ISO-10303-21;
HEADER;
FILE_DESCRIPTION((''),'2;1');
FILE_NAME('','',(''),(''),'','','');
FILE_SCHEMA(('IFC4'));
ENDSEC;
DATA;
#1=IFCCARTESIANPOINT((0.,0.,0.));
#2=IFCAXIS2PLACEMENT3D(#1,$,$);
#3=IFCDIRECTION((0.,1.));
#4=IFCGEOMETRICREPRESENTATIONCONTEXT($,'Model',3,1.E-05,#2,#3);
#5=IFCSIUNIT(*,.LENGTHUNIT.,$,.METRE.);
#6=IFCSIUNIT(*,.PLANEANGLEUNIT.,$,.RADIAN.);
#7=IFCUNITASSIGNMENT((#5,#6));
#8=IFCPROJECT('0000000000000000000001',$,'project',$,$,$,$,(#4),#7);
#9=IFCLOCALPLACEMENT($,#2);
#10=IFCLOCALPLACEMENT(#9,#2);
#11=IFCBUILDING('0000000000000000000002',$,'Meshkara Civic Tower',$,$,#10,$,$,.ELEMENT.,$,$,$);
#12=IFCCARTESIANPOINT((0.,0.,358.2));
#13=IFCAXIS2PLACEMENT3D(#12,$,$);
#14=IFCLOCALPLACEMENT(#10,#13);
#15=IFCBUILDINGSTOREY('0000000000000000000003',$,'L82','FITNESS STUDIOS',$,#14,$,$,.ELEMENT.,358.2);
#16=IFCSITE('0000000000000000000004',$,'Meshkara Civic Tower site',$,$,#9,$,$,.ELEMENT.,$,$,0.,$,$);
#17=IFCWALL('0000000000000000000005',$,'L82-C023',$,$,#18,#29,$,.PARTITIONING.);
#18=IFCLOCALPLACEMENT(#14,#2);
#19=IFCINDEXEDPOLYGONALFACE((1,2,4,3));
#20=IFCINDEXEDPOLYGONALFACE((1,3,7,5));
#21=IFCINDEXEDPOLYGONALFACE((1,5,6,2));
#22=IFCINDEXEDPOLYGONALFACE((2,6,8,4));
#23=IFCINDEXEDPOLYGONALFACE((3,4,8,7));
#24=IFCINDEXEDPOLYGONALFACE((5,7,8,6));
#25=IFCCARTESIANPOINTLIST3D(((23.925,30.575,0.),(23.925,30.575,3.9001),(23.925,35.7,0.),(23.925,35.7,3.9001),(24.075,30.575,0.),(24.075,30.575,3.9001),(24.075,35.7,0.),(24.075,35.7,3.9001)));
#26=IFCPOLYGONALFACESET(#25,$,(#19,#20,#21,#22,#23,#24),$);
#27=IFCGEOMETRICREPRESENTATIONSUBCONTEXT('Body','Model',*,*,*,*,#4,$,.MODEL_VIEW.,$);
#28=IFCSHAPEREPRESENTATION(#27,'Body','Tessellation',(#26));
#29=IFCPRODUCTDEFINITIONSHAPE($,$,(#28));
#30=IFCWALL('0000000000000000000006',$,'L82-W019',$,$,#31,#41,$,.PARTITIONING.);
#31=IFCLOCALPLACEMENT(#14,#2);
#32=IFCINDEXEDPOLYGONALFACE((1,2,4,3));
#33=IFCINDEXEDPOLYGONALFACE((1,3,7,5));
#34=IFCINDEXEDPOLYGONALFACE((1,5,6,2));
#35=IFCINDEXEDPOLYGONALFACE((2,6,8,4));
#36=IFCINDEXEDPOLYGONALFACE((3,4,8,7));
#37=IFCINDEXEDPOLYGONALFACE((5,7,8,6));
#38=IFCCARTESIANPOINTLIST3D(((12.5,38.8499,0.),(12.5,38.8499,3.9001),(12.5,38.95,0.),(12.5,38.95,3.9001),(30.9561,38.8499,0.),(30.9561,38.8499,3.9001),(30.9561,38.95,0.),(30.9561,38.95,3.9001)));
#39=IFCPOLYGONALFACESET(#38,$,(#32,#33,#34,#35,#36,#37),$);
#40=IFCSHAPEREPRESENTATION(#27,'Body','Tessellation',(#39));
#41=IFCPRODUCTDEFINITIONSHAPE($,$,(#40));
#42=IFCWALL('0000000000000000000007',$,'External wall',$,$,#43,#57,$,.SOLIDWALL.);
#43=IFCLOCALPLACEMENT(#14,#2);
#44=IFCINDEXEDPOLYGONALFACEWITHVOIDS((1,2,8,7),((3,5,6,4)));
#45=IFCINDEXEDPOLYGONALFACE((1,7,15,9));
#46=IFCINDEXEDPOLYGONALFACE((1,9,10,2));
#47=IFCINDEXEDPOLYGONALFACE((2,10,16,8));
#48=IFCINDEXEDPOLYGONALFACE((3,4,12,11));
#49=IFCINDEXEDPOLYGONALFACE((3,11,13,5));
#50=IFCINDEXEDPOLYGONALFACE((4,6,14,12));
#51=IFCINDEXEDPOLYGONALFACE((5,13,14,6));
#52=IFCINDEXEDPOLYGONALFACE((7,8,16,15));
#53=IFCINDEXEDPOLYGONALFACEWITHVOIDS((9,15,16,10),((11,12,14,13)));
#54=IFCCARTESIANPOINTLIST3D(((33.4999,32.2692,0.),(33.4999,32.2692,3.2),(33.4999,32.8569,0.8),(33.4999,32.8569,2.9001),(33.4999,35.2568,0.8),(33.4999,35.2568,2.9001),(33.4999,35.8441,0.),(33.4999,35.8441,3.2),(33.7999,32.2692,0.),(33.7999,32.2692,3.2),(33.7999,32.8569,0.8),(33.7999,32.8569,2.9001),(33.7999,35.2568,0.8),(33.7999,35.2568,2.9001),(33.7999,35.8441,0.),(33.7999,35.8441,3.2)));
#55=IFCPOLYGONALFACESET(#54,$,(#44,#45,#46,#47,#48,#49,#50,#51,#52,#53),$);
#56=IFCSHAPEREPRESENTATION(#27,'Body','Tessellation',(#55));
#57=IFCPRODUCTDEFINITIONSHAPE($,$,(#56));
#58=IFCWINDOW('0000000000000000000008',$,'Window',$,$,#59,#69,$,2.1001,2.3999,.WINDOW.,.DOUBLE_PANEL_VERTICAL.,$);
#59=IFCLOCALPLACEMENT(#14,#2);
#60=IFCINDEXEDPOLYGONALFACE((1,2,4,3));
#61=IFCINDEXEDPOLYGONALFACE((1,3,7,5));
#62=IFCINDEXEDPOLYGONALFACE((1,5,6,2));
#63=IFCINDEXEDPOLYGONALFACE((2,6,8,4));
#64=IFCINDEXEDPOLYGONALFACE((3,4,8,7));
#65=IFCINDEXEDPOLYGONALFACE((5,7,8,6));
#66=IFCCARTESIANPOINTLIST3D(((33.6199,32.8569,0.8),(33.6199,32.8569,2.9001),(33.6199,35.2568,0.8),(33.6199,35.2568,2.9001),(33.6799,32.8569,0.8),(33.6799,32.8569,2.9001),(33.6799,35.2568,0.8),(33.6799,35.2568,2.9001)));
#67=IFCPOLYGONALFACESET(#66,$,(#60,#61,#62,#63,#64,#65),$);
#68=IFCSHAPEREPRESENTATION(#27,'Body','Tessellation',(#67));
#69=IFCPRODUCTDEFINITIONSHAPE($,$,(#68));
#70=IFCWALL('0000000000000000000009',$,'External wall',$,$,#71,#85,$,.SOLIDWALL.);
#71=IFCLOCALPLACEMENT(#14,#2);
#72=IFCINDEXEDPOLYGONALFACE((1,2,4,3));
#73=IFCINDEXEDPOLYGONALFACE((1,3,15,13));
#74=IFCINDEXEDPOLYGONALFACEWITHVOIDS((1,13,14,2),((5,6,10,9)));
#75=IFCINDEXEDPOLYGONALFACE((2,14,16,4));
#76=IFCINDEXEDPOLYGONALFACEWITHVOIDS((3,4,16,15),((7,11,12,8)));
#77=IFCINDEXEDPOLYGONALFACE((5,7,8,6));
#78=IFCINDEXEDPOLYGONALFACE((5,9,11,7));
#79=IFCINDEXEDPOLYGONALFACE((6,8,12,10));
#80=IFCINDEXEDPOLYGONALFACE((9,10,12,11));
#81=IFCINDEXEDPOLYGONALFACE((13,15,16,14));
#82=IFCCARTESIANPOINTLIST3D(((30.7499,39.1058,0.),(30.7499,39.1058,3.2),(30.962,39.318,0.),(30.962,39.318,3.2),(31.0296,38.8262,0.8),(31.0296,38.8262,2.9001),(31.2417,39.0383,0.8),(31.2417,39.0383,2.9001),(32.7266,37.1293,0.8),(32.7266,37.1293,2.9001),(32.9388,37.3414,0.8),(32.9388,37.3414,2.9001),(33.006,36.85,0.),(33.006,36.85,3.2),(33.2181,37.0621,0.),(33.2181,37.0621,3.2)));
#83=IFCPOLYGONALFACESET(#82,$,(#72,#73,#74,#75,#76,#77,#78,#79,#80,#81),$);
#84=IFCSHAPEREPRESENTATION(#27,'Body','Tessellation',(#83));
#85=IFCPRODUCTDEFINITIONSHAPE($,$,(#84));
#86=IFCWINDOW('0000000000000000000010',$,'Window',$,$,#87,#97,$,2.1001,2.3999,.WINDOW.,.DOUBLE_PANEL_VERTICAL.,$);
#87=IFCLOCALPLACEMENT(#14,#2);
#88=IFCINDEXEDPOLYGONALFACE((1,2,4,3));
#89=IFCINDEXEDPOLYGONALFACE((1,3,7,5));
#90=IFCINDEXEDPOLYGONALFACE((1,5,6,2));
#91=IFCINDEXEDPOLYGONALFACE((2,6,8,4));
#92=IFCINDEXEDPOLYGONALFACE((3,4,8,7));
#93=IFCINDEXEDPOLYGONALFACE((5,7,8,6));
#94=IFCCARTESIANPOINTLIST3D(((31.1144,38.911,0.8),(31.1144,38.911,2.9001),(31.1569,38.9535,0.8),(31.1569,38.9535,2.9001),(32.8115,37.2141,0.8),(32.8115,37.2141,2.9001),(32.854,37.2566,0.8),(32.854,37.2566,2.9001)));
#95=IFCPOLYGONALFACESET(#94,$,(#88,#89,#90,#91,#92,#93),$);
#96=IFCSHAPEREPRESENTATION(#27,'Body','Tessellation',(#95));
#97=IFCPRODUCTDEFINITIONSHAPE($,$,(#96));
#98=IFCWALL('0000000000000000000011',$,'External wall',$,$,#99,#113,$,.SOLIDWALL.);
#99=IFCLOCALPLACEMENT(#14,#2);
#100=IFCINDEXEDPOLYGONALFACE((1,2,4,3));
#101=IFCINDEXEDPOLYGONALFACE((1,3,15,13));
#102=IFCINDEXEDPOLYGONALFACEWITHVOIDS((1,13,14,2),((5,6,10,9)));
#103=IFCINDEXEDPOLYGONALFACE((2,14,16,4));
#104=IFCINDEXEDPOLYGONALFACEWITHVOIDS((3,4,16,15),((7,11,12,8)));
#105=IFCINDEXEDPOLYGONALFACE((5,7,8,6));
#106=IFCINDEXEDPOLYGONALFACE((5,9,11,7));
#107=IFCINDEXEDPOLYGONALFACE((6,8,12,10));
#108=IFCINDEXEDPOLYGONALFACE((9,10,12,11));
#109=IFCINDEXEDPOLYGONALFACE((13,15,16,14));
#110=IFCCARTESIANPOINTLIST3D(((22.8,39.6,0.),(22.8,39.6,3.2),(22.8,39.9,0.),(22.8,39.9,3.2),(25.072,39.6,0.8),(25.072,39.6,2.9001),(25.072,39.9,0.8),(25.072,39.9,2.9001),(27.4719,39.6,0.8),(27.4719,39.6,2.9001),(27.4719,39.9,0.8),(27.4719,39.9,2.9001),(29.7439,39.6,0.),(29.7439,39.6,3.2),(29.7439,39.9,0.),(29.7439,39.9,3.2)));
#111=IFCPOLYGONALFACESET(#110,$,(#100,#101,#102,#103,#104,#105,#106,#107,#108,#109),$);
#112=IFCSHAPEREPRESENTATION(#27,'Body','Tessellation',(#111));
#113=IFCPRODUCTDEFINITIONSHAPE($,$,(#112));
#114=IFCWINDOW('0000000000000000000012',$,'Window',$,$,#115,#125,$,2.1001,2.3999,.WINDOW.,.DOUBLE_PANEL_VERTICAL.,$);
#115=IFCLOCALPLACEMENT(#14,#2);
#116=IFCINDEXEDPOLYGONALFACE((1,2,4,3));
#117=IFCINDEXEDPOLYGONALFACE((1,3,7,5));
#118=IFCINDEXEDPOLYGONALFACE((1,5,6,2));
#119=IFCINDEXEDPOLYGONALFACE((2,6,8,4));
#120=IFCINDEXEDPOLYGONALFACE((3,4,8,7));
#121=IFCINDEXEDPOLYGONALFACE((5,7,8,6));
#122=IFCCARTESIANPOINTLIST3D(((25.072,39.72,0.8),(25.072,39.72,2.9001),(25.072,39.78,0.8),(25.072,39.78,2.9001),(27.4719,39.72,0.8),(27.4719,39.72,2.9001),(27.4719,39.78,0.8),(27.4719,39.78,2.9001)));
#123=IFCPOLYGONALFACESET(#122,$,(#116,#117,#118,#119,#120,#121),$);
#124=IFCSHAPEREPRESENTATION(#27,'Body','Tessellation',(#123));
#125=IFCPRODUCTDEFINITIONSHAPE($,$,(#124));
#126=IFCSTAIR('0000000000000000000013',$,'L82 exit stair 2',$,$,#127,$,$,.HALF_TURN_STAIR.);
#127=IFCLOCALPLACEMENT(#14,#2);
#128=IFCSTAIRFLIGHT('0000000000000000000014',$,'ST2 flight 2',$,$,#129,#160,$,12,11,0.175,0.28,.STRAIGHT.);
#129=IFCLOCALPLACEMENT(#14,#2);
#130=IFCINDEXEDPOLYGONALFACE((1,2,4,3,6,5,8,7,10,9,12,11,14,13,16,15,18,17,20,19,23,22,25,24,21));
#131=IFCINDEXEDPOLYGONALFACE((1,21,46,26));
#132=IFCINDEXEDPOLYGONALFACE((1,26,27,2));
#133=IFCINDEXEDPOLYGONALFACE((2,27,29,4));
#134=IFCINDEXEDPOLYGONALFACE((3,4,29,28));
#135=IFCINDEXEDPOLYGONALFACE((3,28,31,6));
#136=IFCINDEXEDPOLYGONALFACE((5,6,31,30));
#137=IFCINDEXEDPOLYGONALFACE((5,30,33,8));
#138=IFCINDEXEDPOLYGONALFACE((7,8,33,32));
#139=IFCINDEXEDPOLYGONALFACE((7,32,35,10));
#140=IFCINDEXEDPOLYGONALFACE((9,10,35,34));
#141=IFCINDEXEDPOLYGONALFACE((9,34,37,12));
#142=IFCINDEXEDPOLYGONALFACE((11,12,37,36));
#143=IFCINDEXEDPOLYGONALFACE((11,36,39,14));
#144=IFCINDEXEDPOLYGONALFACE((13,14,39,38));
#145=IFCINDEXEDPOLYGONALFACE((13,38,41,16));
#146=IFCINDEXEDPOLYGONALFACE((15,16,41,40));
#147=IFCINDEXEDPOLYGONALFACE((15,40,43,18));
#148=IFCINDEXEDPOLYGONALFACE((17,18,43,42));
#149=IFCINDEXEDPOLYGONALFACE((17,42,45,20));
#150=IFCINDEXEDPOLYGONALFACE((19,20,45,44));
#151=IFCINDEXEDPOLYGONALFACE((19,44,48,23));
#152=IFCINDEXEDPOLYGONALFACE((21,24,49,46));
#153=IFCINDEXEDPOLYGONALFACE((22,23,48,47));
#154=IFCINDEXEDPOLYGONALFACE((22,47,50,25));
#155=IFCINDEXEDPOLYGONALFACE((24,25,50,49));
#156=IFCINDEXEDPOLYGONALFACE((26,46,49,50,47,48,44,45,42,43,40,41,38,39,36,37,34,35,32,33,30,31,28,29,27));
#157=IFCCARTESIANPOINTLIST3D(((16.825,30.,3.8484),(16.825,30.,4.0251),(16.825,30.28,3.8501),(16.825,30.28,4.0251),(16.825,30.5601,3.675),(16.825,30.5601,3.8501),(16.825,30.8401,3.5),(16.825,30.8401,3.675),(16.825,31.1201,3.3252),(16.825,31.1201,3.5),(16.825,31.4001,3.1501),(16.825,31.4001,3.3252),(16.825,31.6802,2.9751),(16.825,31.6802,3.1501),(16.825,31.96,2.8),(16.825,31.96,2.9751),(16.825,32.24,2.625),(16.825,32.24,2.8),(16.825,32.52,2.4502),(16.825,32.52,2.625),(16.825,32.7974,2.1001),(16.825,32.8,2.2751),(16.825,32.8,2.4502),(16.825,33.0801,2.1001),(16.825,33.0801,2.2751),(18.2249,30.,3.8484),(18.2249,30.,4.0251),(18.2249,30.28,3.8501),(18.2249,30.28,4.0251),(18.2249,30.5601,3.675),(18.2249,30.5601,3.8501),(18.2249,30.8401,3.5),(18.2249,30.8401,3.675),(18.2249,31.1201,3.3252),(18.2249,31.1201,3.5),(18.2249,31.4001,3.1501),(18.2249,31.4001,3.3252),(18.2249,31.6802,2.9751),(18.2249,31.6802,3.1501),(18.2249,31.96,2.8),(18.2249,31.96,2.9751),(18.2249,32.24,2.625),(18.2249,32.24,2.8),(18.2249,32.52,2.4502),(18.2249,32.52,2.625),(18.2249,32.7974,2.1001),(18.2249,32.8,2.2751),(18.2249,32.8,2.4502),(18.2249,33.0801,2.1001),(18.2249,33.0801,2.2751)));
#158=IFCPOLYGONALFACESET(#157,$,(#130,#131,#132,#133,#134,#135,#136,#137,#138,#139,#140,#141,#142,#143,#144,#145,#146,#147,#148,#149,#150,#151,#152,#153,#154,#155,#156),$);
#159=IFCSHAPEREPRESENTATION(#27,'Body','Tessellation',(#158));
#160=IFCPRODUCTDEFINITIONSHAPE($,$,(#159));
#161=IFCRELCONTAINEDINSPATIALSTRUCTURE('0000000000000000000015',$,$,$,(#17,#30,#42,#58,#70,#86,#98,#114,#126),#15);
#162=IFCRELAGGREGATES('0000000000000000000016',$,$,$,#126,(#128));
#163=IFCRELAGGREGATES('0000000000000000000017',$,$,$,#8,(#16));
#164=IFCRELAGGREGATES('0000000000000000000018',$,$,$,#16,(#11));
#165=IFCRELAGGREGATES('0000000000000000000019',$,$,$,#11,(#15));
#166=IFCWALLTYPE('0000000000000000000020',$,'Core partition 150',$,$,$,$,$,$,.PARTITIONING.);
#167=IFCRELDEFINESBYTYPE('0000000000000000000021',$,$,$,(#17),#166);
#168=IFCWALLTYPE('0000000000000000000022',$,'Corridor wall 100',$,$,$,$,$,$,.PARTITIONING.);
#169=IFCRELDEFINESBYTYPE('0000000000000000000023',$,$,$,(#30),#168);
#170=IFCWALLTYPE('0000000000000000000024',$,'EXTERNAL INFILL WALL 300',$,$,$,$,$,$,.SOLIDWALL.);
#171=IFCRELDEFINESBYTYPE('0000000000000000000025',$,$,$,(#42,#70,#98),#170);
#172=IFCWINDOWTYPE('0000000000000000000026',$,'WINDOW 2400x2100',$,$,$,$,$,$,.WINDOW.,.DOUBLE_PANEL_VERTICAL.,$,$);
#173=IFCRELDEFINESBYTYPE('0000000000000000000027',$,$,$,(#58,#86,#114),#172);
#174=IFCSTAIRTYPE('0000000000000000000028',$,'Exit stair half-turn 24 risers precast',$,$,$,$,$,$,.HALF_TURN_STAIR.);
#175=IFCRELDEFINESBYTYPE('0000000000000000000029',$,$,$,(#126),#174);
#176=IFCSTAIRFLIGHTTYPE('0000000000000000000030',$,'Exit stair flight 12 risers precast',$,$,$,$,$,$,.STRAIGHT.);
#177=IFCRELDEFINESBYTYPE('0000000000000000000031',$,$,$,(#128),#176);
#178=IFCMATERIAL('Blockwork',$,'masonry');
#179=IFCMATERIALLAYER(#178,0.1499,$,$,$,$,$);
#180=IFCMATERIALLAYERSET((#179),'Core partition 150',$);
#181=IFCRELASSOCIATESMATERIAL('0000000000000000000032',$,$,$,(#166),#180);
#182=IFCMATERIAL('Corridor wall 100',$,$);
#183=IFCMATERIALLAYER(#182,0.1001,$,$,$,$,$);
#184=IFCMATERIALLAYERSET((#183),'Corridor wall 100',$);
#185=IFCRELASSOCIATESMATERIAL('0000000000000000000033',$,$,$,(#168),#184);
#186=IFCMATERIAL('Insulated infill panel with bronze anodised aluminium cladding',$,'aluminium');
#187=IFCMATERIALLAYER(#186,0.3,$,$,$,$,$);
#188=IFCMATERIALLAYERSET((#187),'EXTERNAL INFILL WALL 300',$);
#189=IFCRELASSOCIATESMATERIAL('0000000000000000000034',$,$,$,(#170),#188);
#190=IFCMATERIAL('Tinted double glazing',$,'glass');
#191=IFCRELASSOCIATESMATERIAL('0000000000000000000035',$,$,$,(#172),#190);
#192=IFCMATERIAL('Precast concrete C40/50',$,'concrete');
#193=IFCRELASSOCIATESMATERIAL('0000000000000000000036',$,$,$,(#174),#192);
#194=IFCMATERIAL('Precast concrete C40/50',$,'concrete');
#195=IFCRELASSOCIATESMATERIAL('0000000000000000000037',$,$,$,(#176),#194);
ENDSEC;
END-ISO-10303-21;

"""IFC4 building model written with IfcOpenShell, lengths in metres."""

from ifc_helpers import new_model, si_unit, direction, frame, frame_2d, origin, place, context, subcontext, project, spatial, polyline, rectangle, outline, extrude, material, layer, layer_set, type_object, element, fill, aggregate, save


model = new_model("IFC4")

# Units and contexts
model_context = context("Model", 3, precision=1e-05, world=origin(), true_north=direction((0.0, 1.0)))
body_context = subcontext(model_context, "Body", "Model", "MODEL_VIEW")
ifc_project = project(units=[si_unit("LENGTHUNIT", "METRE"), si_unit("PLANEANGLEUNIT", "RADIAN")], contexts=[model_context])

# Site, building, storey
site_placement = place(None, origin())
site = spatial("IfcSite", under=ifc_project, at=site_placement, Name="Meshkara Civic Tower site", CompositionType="ELEMENT", RefElevation=0.0)
building_placement = place(site_placement, origin())
building = spatial("IfcBuilding", under=site, at=building_placement, Name="Meshkara Civic Tower", CompositionType="ELEMENT")
storey_placement = place(building_placement, frame((0.0, 0.0, 358.2)))
storey = spatial("IfcBuildingStorey", under=building, at=storey_placement, Name="L82", Description="FITNESS STUDIOS", CompositionType="ELEMENT", Elevation=358.2)

# Shared definitions
ifc_material_1 = material(Name="Blockwork", Category="masonry")
ifc_layer_1 = layer(ifc_material_1, 0.1499)
ifc_layer_set_1 = layer_set([ifc_layer_1], Name="Core partition 150")
wall_type_1 = type_object("IfcWallType", Name="Core partition 150", PredefinedType="PARTITIONING", material=ifc_layer_set_1)

# Walls
for number, where, z_axis, x_axis, name in (
    (1, (24.0, 30.575, 0.0), (0.0, 0.0, 1.0), (0.0, 1.0, 0.0), "L82-C023"),
):
    element("IfcWall", number, at=place(storey_placement, frame(where, z_axis=z_axis, x_axis=x_axis)), inside=storey, type_object=wall_type_1, Name=name, PredefinedType="PARTITIONING", context=body_context, shape_type="SweptSolid", body=[
        extrude(rectangle(XDim=5.125, YDim=0.1499, at=frame_2d((2.5625, 0.0))), origin(), (0.0, 0.0, 1.0), 3.9001),
    ])
ifc_material_2 = material(Name="Corridor wall 100")
ifc_layer_2 = layer(ifc_material_2, 0.1001)
ifc_layer_set_2 = layer_set([ifc_layer_2], Name="Corridor wall 100")
wall_type_2 = type_object("IfcWallType", Name="Corridor wall 100", PredefinedType="PARTITIONING", material=ifc_layer_set_2)
wall_1_placement = place(storey_placement, frame((30.9561, 38.8999, 0.0), z_axis=(0.0, 0.0, 1.0), x_axis=(-1.0, 0.0, 0.0)))
element("IfcWall", 2, at=wall_1_placement, inside=storey, type_object=wall_type_2, Name="L82-W019", PredefinedType="PARTITIONING", context=body_context, shape_type="SweptSolid", body=[
    extrude(rectangle(XDim=18.4561, YDim=0.1001, at=frame_2d((9.228, 0.0))), origin(), (0.0, 0.0, 1.0), 3.9001),
])

# Walls, openings, windows
ifc_material_3 = material(Name="Insulated infill panel with bronze anodised aluminium cladding", Category="aluminium")
ifc_layer_3 = layer(ifc_material_3, 0.3)
ifc_layer_set_3 = layer_set([ifc_layer_3], Name="EXTERNAL INFILL WALL 300")
wall_type_3 = type_object("IfcWallType", Name="EXTERNAL INFILL WALL 300", PredefinedType="SOLIDWALL", material=ifc_layer_set_3)
wall_2_placement = place(storey_placement, frame((33.6499, 32.269, 0.0), z_axis=(0.0, 0.0, 1.0), x_axis=(0.0, 1.0, 0.0)))
wall_2 = element("IfcWall", 3, at=wall_2_placement, inside=storey, type_object=wall_type_3, Name="External wall", PredefinedType="SOLIDWALL", context=body_context, shape_type="SweptSolid", body=[
    extrude(rectangle(XDim=3.575, YDim=0.3, at=frame_2d((1.7876, 0.0))), origin(), (0.0, 0.0, 1.0), 3.2),
])
opening_1_placement = place(wall_2_placement, frame((0.5879, 0.0, 0.8)))
opening_1 = element("IfcOpeningElement", 4, at=opening_1_placement, cuts=wall_2, PredefinedType="OPENING", context=body_context, shape_type="SweptSolid", body=[
    extrude(rectangle(XDim=2.3999, YDim=2.1001, at=frame_2d((1.2, 1.05))), frame((0.0, 0.1599, 0.0), z_axis=(0.0, -1.0, 0.0), x_axis=(1.0, 0.0, 0.0)), (0.0, 0.0, 1.0), 0.3201),
])
ifc_material_4 = material(Name="Tinted double glazing", Category="glass")
window_type = type_object("IfcWindowType", Name="WINDOW 2400x2100", PartitioningType="DOUBLE_PANEL_VERTICAL", PredefinedType="WINDOW", material=ifc_material_4)
window_1_placement = place(opening_1_placement, origin())
window_1 = element("IfcWindow", 5, at=window_1_placement, inside=storey, type_object=window_type, Name="Window", OverallHeight=2.1001, OverallWidth=2.3999, PartitioningType="DOUBLE_PANEL_VERTICAL", PredefinedType="WINDOW", context=body_context, shape_type="SweptSolid", body=[
    extrude(rectangle(XDim=2.3999, YDim=2.1001, at=frame_2d((1.2, 1.05))), frame((0.0, 0.03, 0.0), z_axis=(0.0, -1.0, 0.0), x_axis=(1.0, 0.0, 0.0)), (0.0, 0.0, 1.0), 0.0601),
])
fill(opening_1, window_1)
wall_3_placement = place(storey_placement, frame((33.1121, 36.9561, 0.0), z_axis=(0.0, 0.0, 1.0), x_axis=(-0.707145, 0.707069, 0.0)))
wall_3 = element("IfcWall", 6, at=wall_3_placement, inside=storey, type_object=wall_type_3, Name="External wall", PredefinedType="SOLIDWALL", context=body_context, shape_type="SweptSolid", body=[
    extrude(rectangle(XDim=3.1904, YDim=0.3, at=frame_2d((1.5952, 0.0))), origin(), (0.0, 0.0, 1.0), 3.2),
])
opening_2_placement = place(wall_3_placement, frame((0.395, 0.0, 0.8)))
opening_2 = element("IfcOpeningElement", 7, at=opening_2_placement, cuts=wall_3, PredefinedType="OPENING", context=body_context, shape_type="SweptSolid", body=[
    extrude(rectangle(XDim=2.3999, YDim=2.1001, at=frame_2d((1.2, 1.05))), frame((0.0, 0.1599, 0.0), z_axis=(0.0, -1.0, 0.0), x_axis=(1.0, 0.0, 0.0)), (0.0, 0.0, 1.0), 0.3201),
])
window_2_placement = place(opening_2_placement, origin())
window_2 = element("IfcWindow", 8, at=window_2_placement, inside=storey, type_object=window_type, Name="Window", OverallHeight=2.1001, OverallWidth=2.3999, PartitioningType="DOUBLE_PANEL_VERTICAL", PredefinedType="WINDOW", context=body_context, shape_type="SweptSolid", body=[
    extrude(rectangle(XDim=2.3999, YDim=2.1001, at=frame_2d((1.2, 1.05))), frame((0.0, 0.03, 0.0), z_axis=(0.0, -1.0, 0.0), x_axis=(1.0, 0.0, 0.0)), (0.0, 0.0, 1.0), 0.0601),
])
fill(opening_2, window_2)
wall_4_placement = place(storey_placement, frame((29.7439, 39.75, 0.0), z_axis=(0.0, 0.0, 1.0), x_axis=(-1.0, 0.0, 0.0)))
wall_4 = element("IfcWall", 9, at=wall_4_placement, inside=storey, type_object=wall_type_3, Name="External wall", PredefinedType="SOLIDWALL", context=body_context, shape_type="SweptSolid", body=[
    extrude(rectangle(XDim=6.9438, YDim=0.3, at=frame_2d((3.4719, 0.0))), origin(), (0.0, 0.0, 1.0), 3.2),
])
opening_3_placement = place(wall_4_placement, frame((2.272, 0.0, 0.8)))
opening_3 = element("IfcOpeningElement", 10, at=opening_3_placement, cuts=wall_4, PredefinedType="OPENING", context=body_context, shape_type="SweptSolid", body=[
    extrude(rectangle(XDim=2.3999, YDim=2.1001, at=frame_2d((1.2, 1.05))), frame((0.0, 0.1599, 0.0), z_axis=(0.0, -1.0, 0.0), x_axis=(1.0, 0.0, 0.0)), (0.0, 0.0, 1.0), 0.3201),
])
window_3_placement = place(opening_3_placement, origin())
window_3 = element("IfcWindow", 11, at=window_3_placement, inside=storey, type_object=window_type, Name="Window", OverallHeight=2.1001, OverallWidth=2.3999, PartitioningType="DOUBLE_PANEL_VERTICAL", PredefinedType="WINDOW", context=body_context, shape_type="SweptSolid", body=[
    extrude(rectangle(XDim=2.3999, YDim=2.1001, at=frame_2d((1.2, 1.05))), frame((0.0, 0.03, 0.0), z_axis=(0.0, -1.0, 0.0), x_axis=(1.0, 0.0, 0.0)), (0.0, 0.0, 1.0), 0.0601),
])
fill(opening_3, window_3)

# Stair, stair flight
ifc_material_5 = material(Name="Precast concrete C40/50", Category="concrete")
stair_type = type_object("IfcStairType", Name="Exit stair half-turn 24 risers precast", PredefinedType="HALF_TURN_STAIR", material=ifc_material_5)
stair_placement = place(storey_placement, origin())
stair = element("IfcStair", 12, at=stair_placement, inside=storey, type_object=stair_type, Name="L82 exit stair 2", PredefinedType="HALF_TURN_STAIR")
ifc_material_6 = material(Name="Precast concrete C40/50", Category="concrete")
stair_flight_type = type_object("IfcStairFlightType", Name="Exit stair flight 12 risers precast", PredefinedType="STRAIGHT", material=ifc_material_6)
stair_flight_placement = place(storey_placement, frame((17.5249, 33.0801, 2.1001), z_axis=(0.0, 0.0, 1.0), x_axis=(0.0, -1.0, 0.0)))
stair_flight = element("IfcStairFlight", 13, at=stair_flight_placement, type_object=stair_flight_type, Name="ST2 flight 2", NumberOfRisers=12, NumberOfTreads=11, PredefinedType="STRAIGHT", RiserHeight=0.175, TreadLength=0.28, context=body_context, shape_type="SweptSolid", body=[
    extrude(outline(polyline([(0.0, 0.0), (0.0, 0.175), (0.28, 0.175), (0.28, 0.3501), (0.5601, 0.3501), (0.5601, 0.5249), (0.8401, 0.5249), (0.8401, 0.7), (1.1201, 0.7), (1.1201, 0.875), (1.3999, 0.875), (1.3999, 1.05), (1.6799, 1.05), (1.6799, 1.2251), (1.96, 1.2251), (1.96, 1.3999), (2.24, 1.3999), (2.24, 1.575), (2.52, 1.575), (2.52, 1.75), (2.8, 1.75), (2.8, 1.925), (3.0801, 1.925), (3.0801, 2.1001), (3.0801, 1.7483), (0.2827, 0.0), (0.0, 0.0)])), frame((0.0, 0.7, 0.0), z_axis=(0.0, -1.0, 0.0), x_axis=(1.0, 0.0, 0.0)), (0.0, 0.0, 1.0), 1.3999),
])
aggregate(stair, [stair_flight])

save(model, "model.ifc")
